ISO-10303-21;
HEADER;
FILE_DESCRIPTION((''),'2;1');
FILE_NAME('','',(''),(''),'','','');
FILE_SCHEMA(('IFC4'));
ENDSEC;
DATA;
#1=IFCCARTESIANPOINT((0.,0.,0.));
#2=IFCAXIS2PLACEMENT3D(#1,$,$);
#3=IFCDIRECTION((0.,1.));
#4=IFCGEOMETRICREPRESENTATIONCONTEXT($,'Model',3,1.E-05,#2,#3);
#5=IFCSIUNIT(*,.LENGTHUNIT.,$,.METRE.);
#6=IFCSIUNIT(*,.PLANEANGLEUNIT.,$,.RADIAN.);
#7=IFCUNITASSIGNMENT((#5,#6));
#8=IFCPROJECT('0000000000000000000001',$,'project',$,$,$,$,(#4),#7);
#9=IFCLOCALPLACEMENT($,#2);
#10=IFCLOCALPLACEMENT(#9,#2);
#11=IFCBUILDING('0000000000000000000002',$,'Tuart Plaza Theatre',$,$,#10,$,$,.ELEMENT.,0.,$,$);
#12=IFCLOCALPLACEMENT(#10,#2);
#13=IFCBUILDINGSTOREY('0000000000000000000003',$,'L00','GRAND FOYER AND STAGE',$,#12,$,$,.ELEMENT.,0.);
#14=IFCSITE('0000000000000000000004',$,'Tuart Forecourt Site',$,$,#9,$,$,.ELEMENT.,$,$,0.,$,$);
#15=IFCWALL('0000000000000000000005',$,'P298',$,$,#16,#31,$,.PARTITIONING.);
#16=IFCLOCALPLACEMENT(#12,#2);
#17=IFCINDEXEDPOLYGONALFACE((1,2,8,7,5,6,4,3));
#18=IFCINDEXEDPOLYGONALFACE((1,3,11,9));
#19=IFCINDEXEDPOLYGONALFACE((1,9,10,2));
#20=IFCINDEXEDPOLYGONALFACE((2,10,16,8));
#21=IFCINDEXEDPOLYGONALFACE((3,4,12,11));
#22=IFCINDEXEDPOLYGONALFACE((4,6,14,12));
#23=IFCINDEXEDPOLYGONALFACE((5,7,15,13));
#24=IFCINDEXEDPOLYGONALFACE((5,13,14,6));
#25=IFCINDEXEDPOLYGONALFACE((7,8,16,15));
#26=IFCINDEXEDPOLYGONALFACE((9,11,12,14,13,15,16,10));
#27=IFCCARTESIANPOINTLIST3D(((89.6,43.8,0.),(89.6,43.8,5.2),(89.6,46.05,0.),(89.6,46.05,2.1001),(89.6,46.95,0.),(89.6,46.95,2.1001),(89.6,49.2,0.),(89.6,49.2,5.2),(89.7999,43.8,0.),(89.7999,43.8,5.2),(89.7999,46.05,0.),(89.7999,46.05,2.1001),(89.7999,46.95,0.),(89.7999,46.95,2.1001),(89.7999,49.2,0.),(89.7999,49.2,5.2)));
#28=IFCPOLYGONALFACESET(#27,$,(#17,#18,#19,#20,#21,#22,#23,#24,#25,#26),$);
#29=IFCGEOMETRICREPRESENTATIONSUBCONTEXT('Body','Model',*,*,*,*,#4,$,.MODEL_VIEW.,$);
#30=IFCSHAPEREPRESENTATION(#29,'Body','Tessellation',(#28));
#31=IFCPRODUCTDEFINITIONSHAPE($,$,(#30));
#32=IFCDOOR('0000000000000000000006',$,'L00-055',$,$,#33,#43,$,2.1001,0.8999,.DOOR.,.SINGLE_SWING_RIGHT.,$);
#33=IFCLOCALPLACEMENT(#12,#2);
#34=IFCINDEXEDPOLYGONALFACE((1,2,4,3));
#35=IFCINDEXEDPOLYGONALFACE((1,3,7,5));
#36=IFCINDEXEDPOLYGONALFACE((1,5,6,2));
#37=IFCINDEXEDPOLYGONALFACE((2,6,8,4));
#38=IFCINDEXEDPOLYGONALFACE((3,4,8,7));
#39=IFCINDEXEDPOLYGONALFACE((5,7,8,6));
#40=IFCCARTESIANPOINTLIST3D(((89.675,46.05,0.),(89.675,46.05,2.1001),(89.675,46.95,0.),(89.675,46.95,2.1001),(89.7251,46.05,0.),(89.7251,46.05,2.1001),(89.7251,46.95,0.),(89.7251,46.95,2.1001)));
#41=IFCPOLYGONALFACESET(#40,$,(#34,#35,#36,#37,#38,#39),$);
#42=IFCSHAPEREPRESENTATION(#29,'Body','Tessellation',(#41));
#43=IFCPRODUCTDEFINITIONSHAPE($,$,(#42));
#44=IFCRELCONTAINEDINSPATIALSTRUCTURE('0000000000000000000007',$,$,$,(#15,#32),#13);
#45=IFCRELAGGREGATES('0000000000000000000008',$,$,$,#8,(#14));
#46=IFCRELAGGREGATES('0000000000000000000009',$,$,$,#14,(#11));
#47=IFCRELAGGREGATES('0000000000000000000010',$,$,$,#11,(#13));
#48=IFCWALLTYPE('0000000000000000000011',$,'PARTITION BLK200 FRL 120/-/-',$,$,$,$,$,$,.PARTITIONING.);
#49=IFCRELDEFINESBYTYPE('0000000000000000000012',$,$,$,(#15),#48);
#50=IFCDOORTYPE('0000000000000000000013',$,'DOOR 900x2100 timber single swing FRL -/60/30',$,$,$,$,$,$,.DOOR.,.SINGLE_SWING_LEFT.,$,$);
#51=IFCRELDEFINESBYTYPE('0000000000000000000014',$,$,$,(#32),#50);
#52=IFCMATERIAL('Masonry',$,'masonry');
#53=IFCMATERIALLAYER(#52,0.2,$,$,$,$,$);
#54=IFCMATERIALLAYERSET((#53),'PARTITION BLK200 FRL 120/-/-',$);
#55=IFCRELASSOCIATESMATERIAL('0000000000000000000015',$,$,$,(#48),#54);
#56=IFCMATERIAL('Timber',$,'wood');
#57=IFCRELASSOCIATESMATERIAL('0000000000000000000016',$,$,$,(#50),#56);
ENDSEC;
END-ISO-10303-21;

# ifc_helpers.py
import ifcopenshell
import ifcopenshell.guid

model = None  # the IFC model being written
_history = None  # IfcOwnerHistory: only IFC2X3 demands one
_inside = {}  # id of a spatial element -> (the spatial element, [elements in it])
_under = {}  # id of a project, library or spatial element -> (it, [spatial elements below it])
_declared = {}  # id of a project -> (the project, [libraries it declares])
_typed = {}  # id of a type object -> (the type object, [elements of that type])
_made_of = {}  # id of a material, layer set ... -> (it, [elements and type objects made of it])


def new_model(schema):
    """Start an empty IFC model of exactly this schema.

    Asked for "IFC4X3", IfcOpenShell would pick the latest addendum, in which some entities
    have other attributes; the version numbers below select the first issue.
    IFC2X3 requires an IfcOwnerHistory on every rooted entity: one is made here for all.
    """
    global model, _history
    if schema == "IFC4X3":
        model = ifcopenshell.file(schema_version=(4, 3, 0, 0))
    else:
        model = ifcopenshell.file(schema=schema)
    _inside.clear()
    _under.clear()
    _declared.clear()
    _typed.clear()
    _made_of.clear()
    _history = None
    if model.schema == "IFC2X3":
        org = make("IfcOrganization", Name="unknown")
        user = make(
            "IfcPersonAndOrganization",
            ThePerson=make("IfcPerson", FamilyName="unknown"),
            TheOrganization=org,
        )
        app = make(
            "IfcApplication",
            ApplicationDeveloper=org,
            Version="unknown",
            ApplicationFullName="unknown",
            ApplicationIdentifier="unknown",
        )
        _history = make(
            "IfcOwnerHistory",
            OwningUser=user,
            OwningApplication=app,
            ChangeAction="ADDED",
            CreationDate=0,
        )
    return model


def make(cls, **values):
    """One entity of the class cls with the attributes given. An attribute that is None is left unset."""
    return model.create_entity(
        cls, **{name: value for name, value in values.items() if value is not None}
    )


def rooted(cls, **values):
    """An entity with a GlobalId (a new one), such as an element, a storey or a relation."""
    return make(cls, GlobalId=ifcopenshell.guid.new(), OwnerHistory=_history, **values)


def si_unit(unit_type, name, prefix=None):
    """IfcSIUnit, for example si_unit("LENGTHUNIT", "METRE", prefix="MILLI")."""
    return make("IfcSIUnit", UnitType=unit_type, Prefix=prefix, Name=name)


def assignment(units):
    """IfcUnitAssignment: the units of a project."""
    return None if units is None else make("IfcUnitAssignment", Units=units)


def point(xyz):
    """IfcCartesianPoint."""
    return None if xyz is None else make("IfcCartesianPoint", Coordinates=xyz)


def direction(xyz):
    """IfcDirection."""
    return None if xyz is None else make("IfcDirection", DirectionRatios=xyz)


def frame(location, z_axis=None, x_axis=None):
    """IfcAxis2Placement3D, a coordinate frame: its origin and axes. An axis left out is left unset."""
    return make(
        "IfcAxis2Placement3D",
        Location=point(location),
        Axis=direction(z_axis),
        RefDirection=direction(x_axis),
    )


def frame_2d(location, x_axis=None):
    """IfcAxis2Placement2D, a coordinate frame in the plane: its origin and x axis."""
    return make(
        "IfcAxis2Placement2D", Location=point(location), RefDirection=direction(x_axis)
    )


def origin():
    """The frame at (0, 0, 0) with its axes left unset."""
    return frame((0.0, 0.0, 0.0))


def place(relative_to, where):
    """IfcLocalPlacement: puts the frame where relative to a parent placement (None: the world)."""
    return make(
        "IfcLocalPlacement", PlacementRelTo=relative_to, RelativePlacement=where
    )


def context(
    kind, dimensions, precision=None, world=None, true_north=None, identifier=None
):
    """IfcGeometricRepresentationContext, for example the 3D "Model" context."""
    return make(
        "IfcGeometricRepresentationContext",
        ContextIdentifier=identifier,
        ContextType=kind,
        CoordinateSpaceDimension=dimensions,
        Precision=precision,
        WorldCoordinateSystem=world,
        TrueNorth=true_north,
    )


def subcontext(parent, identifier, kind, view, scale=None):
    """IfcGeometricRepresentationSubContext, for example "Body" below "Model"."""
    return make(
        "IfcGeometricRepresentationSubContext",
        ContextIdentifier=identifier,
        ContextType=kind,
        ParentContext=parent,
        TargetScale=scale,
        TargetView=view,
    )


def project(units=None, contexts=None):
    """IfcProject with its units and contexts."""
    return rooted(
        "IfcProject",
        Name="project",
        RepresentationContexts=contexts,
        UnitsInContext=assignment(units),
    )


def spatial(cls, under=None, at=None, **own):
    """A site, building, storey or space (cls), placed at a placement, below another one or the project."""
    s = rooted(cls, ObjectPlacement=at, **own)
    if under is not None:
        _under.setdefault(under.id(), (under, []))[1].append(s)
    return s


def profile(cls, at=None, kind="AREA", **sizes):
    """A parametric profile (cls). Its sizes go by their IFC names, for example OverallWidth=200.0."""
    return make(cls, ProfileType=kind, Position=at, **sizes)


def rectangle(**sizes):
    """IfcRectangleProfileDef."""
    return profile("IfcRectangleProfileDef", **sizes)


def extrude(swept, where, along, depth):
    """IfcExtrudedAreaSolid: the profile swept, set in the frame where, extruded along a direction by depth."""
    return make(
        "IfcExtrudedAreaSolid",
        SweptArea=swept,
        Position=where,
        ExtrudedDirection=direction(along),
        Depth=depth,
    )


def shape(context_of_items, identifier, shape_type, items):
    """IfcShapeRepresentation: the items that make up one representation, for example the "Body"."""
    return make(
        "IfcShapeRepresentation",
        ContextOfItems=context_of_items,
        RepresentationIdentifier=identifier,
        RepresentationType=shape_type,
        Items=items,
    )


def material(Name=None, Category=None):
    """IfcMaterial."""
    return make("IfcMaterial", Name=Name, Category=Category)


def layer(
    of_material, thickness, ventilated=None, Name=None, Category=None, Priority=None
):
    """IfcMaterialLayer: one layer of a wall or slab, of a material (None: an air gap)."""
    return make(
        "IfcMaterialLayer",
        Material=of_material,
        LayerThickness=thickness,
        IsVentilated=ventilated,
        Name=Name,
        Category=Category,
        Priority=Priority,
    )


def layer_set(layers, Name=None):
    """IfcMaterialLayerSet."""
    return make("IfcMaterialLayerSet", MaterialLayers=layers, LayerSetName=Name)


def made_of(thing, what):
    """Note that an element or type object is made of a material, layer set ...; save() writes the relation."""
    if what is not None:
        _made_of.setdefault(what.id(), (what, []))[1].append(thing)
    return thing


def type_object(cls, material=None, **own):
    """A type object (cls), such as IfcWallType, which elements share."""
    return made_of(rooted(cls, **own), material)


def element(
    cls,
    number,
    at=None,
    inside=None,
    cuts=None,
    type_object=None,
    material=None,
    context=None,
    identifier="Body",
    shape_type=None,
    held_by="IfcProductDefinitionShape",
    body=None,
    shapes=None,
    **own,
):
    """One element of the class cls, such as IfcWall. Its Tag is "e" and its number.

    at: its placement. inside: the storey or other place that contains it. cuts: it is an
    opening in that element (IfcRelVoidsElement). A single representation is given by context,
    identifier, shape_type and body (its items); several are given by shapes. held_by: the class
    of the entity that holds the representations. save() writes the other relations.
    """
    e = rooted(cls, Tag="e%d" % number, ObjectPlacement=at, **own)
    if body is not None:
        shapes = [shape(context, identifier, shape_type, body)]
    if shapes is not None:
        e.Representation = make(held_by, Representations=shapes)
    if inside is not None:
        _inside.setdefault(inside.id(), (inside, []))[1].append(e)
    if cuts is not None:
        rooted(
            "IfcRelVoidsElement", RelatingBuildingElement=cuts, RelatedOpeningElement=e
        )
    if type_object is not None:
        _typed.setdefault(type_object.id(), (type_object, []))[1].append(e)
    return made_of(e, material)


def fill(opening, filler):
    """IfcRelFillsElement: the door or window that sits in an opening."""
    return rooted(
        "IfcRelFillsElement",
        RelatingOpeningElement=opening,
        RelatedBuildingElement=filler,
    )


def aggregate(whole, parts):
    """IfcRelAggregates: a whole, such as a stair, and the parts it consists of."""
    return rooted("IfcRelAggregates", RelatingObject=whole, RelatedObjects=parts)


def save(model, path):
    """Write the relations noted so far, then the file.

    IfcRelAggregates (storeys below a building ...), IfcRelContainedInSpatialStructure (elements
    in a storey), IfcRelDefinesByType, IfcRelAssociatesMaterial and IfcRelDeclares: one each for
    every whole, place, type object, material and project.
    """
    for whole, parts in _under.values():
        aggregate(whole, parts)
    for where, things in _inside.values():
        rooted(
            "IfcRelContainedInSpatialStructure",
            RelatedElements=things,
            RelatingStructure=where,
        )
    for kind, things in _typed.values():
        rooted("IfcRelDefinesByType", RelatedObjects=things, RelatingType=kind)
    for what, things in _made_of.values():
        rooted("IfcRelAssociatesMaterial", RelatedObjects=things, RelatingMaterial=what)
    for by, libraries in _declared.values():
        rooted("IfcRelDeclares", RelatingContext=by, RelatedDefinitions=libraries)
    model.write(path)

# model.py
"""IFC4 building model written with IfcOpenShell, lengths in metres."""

from ifc_helpers import new_model, si_unit, direction, frame, frame_2d, origin, place, context, subcontext, project, spatial, rectangle, extrude, material, layer, layer_set, type_object, element, fill, save


model = new_model("IFC4")

# Units and contexts
model_context = context("Model", 3, precision=1e-05, world=origin(), true_north=direction((0.0, 1.0)))
body_context = subcontext(model_context, "Body", "Model", "MODEL_VIEW")
ifc_project = project(units=[si_unit("LENGTHUNIT", "METRE"), si_unit("PLANEANGLEUNIT", "RADIAN")], contexts=[model_context])

# Site, building, storey
site_placement = place(None, origin())
site = spatial("IfcSite", under=ifc_project, at=site_placement, Name="Tuart Forecourt Site", CompositionType="ELEMENT", RefElevation=0.0)
building_placement = place(site_placement, origin())
building = spatial("IfcBuilding", under=site, at=building_placement, Name="Tuart Plaza Theatre", CompositionType="ELEMENT", ElevationOfRefHeight=0.0)
storey_placement = place(building_placement, origin())
storey = spatial("IfcBuildingStorey", under=building, at=storey_placement, Name="L00", Description="GRAND FOYER AND STAGE", CompositionType="ELEMENT", Elevation=0.0)

# Wall, opening, door
ifc_material_1 = material(Name="Masonry", Category="masonry")
ifc_layer_1 = layer(ifc_material_1, 0.2)
ifc_layer_set_1 = layer_set([ifc_layer_1], Name="PARTITION BLK200 FRL 120/-/-")
wall_type = type_object("IfcWallType", Name="PARTITION BLK200 FRL 120/-/-", PredefinedType="PARTITIONING", material=ifc_layer_set_1)
wall_placement = place(storey_placement, frame((89.7, 43.8, 0.0), z_axis=(0.0, 0.0, 1.0), x_axis=(0.0, 1.0, 0.0)))
wall = element("IfcWall", 1, at=wall_placement, inside=storey, type_object=wall_type, Name="P298", PredefinedType="PARTITIONING", context=body_context, shape_type="SweptSolid", body=[
    extrude(rectangle(XDim=5.3999, YDim=0.2, at=frame_2d((2.7, 0.0))), origin(), (0.0, 0.0, 1.0), 5.2),
])
opening_placement = place(wall_placement, frame((2.25, 0.0, 0.0)))
opening = element("IfcOpeningElement", 2, at=opening_placement, cuts=wall, PredefinedType="OPENING", context=body_context, shape_type="SweptSolid", body=[
    extrude(rectangle(XDim=0.8999, YDim=2.1001, at=frame_2d((0.45, 1.05))), frame((0.0, 0.1099, 0.0), z_axis=(0.0, -1.0, 0.0), x_axis=(1.0, 0.0, 0.0)), (0.0, 0.0, 1.0), 0.22),
])
ifc_material_2 = material(Name="Timber", Category="wood")
door_type = type_object("IfcDoorType", Name="DOOR 900x2100 timber single swing FRL -/60/30", OperationType="SINGLE_SWING_LEFT", PredefinedType="DOOR", material=ifc_material_2)
door_placement = place(opening_placement, origin())
door = element("IfcDoor", 3, at=door_placement, inside=storey, type_object=door_type, Name="L00-055", OperationType="SINGLE_SWING_RIGHT", OverallHeight=2.1001, OverallWidth=0.8999, PredefinedType="DOOR", context=body_context, shape_type="SweptSolid", body=[
    extrude(rectangle(XDim=0.8999, YDim=2.1001, at=frame_2d((0.45, 1.05))), frame((0.0, 0.0249, 0.0), z_axis=(0.0, -1.0, 0.0), x_axis=(1.0, 0.0, 0.0)), (0.0, 0.0, 1.0), 0.05),
])
fill(opening, door)

save(model, "model.ifc")
